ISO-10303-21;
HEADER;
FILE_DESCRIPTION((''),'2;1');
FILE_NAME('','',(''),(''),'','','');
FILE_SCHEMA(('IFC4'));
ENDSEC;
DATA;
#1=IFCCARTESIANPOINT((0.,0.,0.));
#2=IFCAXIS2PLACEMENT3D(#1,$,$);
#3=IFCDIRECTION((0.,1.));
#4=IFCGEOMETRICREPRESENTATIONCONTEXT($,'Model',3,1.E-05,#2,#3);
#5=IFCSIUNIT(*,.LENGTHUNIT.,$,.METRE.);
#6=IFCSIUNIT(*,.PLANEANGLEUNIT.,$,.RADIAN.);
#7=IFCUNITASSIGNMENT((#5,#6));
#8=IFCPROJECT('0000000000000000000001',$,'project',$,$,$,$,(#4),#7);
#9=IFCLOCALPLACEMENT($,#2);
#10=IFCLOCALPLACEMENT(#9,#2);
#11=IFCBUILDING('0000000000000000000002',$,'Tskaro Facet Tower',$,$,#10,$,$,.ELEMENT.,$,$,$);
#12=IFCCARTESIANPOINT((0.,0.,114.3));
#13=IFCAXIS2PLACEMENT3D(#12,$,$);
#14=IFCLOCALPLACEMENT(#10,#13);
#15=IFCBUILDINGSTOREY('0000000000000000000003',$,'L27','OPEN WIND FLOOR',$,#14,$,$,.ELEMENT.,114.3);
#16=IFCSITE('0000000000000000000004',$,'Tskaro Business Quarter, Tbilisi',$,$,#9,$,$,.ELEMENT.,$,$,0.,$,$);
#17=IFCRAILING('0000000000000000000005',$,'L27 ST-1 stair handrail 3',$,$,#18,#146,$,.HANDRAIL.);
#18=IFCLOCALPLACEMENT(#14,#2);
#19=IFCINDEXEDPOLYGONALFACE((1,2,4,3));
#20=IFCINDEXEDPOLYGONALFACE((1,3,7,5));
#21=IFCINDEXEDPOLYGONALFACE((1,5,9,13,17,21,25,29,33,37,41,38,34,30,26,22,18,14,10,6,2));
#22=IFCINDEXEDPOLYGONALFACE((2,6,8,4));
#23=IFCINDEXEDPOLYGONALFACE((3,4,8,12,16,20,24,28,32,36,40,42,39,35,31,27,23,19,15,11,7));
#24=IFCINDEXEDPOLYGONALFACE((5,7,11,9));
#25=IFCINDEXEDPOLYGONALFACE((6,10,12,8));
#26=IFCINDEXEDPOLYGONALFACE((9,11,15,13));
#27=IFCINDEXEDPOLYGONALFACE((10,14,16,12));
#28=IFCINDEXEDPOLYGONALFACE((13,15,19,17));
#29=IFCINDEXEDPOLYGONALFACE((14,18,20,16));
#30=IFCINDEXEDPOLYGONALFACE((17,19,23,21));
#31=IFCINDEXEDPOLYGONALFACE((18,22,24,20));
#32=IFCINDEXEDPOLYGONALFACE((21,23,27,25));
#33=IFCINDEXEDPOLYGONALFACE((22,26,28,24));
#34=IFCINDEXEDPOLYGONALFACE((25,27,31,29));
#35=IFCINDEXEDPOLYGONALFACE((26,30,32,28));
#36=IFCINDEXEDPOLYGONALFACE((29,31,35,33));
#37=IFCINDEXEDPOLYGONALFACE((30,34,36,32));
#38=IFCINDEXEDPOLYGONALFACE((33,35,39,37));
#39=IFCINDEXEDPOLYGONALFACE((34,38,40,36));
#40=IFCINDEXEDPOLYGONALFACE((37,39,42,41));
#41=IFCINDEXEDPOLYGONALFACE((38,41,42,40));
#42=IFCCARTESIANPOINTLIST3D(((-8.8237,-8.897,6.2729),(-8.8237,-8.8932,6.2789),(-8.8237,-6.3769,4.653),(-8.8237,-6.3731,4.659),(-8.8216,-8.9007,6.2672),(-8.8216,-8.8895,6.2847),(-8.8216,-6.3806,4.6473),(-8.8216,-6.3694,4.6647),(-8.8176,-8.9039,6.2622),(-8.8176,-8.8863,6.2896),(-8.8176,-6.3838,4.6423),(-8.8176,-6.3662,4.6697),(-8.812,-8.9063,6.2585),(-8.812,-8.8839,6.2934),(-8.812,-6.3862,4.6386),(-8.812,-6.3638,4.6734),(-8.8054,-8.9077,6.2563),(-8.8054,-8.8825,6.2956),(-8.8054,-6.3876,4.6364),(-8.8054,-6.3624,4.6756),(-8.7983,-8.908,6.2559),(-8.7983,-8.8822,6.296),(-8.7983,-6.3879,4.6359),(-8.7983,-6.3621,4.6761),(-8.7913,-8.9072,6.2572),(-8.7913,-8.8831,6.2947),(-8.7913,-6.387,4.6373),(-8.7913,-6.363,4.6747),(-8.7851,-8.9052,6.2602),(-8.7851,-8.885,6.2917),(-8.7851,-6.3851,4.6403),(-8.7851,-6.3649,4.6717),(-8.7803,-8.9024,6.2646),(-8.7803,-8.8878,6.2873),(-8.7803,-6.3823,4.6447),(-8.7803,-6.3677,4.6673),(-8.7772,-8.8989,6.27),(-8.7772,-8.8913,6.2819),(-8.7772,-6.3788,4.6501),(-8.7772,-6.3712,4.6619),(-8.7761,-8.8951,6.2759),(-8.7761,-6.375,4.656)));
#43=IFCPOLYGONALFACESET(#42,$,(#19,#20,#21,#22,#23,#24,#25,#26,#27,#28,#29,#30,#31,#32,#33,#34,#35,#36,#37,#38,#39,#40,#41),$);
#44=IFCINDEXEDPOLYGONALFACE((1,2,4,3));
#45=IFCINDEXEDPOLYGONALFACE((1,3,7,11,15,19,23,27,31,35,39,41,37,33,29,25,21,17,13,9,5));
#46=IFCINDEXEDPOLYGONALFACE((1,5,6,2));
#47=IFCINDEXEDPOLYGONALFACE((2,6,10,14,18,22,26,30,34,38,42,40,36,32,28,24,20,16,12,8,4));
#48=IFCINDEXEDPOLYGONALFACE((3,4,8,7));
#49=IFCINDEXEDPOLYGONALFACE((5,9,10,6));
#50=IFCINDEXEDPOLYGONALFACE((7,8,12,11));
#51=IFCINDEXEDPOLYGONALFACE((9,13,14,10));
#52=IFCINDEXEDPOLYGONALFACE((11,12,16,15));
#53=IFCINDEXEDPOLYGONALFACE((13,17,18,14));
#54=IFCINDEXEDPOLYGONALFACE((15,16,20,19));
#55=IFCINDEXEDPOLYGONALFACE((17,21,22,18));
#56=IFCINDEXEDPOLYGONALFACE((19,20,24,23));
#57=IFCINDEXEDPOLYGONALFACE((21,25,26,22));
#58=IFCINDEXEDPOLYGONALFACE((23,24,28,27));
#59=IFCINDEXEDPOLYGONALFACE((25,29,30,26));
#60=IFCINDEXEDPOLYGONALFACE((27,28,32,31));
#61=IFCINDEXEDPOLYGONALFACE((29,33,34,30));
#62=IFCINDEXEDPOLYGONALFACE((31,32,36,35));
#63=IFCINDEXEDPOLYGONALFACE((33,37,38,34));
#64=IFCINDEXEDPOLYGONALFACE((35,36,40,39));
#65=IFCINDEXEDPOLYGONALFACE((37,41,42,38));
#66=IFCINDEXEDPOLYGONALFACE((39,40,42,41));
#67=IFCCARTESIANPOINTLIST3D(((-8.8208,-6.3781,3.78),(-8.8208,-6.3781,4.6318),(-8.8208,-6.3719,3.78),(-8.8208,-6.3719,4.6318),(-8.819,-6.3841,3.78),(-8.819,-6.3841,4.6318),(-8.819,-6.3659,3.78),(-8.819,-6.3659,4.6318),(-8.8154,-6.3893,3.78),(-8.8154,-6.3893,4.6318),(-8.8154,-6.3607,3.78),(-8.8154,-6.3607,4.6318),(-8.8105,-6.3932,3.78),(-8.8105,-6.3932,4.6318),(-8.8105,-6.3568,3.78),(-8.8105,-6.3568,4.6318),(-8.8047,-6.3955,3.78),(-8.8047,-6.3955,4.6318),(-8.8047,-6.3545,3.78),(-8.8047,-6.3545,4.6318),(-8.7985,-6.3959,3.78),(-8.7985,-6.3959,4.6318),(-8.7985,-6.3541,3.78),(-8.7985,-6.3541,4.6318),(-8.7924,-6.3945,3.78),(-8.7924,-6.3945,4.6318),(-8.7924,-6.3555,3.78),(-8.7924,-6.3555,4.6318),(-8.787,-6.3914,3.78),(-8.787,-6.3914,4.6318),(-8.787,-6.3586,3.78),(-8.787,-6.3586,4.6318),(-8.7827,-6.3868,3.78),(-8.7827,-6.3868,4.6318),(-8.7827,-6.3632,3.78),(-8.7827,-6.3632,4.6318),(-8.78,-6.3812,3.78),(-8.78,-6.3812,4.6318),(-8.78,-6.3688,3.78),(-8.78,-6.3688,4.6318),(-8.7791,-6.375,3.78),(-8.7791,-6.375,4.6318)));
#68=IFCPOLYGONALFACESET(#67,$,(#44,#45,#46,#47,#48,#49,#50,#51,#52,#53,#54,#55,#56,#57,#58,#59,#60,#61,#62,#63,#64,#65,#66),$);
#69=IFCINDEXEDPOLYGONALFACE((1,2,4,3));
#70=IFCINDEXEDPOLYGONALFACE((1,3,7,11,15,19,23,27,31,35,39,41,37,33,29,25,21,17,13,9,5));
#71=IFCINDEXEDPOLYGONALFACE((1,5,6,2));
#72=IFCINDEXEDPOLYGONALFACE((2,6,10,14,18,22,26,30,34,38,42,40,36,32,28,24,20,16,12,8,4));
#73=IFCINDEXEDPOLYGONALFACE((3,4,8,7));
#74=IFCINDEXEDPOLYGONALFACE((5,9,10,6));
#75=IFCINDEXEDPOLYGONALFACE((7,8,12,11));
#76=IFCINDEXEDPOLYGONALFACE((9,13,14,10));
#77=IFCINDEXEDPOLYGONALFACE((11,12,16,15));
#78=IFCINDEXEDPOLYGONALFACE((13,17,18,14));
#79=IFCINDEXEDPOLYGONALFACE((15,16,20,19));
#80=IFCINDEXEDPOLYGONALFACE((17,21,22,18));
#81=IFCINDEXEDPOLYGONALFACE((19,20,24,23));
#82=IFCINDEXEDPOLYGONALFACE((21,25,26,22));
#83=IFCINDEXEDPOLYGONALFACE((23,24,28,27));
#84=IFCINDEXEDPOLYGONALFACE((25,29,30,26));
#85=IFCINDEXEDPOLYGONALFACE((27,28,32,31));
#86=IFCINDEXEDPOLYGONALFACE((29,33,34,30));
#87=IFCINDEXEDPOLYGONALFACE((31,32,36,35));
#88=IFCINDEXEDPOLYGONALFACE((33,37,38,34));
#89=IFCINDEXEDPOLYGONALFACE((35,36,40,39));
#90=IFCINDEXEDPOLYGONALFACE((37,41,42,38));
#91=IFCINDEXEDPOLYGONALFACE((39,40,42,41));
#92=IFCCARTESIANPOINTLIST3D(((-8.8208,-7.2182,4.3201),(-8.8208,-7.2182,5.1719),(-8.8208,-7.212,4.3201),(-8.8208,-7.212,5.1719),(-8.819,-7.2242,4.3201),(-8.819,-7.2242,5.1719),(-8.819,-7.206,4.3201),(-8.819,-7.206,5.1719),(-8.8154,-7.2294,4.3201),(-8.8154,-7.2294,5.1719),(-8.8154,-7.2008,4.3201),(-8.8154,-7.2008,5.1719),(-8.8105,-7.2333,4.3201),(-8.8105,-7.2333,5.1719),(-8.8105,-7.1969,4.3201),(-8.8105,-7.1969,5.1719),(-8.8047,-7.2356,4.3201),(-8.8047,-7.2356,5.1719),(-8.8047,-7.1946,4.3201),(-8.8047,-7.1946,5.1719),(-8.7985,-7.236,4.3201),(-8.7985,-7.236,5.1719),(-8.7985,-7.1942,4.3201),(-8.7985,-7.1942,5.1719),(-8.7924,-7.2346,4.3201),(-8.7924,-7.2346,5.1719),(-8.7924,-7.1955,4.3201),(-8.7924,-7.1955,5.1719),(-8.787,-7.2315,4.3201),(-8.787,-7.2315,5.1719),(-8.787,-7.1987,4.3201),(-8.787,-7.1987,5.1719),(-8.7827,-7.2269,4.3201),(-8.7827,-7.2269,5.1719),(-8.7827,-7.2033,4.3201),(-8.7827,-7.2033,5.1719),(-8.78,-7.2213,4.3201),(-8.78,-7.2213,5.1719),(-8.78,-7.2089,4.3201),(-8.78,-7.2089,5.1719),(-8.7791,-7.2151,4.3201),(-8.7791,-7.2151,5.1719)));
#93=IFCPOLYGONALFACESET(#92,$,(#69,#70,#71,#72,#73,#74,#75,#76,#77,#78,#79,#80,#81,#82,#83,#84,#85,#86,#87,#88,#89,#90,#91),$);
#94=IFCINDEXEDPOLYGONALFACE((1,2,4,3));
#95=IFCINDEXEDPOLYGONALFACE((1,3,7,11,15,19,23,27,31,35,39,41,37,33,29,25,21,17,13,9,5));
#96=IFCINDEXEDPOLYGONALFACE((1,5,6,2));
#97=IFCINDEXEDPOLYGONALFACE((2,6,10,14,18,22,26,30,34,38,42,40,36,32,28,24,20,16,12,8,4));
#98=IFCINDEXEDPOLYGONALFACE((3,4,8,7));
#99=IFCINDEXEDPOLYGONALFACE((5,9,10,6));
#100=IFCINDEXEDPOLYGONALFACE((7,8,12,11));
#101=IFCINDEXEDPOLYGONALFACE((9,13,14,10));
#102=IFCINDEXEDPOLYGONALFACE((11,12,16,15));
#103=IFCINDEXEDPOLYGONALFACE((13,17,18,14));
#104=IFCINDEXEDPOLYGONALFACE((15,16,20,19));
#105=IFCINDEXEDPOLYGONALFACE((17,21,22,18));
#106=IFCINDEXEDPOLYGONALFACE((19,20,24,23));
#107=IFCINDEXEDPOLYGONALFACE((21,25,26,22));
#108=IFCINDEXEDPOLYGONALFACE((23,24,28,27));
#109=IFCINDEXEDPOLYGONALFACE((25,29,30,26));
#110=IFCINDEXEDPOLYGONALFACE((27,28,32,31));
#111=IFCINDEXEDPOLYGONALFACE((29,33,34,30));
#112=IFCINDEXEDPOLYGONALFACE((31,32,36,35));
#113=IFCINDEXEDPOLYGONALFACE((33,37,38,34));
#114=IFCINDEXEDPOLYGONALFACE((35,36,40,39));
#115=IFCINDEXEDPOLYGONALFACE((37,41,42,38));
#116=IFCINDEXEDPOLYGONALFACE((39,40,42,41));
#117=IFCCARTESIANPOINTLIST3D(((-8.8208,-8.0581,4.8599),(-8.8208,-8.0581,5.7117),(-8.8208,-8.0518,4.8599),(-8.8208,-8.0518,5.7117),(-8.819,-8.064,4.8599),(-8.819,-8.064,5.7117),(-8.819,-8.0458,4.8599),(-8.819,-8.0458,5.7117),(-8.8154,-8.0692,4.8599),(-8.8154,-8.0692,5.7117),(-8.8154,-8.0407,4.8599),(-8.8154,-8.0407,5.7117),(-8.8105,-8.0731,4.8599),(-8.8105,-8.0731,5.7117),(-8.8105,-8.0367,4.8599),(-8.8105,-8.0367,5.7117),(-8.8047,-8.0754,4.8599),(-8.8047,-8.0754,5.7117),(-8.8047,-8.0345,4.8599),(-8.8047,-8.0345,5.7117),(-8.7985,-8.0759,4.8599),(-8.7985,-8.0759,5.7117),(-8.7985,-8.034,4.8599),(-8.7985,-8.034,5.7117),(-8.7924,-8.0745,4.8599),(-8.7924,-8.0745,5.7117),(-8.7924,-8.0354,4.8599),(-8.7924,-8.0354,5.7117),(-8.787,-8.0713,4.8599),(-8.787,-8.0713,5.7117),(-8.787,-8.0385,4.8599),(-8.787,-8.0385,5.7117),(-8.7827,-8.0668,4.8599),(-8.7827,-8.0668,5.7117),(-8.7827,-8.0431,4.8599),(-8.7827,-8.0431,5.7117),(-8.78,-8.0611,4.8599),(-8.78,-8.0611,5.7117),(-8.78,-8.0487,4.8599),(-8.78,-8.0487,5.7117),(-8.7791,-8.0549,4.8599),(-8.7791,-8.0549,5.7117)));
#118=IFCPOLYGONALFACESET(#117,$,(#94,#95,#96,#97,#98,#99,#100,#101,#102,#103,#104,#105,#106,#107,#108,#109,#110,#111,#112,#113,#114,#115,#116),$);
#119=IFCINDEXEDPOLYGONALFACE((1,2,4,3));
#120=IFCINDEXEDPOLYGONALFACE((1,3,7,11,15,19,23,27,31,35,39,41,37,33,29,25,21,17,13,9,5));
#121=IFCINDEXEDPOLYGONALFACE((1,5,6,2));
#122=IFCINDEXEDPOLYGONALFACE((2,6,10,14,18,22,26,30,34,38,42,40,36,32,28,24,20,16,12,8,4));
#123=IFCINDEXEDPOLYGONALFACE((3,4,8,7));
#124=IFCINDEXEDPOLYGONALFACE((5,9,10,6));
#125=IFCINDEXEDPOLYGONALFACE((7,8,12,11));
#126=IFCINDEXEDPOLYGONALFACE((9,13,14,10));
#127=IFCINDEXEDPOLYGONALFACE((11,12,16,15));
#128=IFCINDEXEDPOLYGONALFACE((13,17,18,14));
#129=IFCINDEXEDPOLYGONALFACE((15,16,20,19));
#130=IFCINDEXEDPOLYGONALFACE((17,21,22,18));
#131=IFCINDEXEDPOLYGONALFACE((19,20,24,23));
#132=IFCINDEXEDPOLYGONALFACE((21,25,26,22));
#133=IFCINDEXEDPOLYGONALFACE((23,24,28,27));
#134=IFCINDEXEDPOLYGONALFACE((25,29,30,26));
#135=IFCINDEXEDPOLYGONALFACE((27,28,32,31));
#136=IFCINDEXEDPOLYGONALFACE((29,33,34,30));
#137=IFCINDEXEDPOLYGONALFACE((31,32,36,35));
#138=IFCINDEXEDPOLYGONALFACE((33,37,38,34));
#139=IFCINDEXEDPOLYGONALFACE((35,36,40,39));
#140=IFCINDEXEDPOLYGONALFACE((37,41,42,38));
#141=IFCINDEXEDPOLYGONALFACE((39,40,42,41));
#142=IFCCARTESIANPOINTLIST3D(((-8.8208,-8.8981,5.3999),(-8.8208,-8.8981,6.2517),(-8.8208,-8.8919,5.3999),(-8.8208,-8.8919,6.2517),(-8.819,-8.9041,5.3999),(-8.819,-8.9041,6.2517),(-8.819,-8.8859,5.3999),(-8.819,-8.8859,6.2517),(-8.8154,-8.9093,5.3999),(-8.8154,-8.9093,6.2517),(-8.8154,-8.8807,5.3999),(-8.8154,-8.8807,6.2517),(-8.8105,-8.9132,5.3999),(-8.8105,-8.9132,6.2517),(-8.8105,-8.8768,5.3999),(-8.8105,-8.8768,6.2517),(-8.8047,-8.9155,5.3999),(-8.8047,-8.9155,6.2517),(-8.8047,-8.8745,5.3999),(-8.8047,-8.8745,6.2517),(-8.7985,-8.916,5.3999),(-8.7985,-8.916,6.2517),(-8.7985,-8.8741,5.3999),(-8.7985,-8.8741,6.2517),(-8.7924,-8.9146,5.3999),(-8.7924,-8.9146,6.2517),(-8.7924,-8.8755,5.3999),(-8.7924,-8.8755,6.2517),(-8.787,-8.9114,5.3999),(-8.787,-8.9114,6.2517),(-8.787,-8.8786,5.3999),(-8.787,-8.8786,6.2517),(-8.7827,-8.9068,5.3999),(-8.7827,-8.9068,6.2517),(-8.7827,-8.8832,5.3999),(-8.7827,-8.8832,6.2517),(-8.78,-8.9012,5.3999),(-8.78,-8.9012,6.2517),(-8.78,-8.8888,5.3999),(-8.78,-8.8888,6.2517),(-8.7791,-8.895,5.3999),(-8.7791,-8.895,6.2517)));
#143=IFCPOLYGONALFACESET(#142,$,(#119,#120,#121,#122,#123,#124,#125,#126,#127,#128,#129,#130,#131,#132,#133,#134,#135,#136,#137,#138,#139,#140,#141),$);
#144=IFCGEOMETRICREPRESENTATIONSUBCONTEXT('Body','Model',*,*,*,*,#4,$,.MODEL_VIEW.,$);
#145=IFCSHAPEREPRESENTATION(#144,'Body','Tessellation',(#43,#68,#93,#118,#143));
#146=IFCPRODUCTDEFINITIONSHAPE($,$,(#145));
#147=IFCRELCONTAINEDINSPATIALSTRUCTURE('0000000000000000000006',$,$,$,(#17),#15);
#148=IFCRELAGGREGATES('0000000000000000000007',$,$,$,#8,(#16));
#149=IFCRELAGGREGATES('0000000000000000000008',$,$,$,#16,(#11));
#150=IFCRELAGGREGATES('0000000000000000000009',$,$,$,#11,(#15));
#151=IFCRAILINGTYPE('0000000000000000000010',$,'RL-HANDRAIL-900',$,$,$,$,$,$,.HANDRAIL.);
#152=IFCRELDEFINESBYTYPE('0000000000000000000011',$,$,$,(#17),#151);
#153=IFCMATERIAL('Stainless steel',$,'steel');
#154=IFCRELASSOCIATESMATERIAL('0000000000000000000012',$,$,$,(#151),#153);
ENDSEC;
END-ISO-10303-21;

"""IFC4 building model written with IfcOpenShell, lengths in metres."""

from ifc_helpers import new_model, si_unit, direction, frame, origin, origin_2d, place, context, subcontext, project, spatial, circle, extrude, material, type_object, element, save


model = new_model("IFC4")

# Units and contexts
model_context = context("Model", 3, precision=1e-05, world=origin(), true_north=direction((0.0, 1.0)))
body_context = subcontext(model_context, "Body", "Model", "MODEL_VIEW")
ifc_project = project(units=[si_unit("LENGTHUNIT", "METRE"), si_unit("PLANEANGLEUNIT", "RADIAN")], contexts=[model_context])

# Site, building, storey
site_placement = place(None, origin())
site = spatial("IfcSite", under=ifc_project, at=site_placement, Name="Tskaro Business Quarter, Tbilisi", CompositionType="ELEMENT", RefElevation=0.0)
building_placement = place(site_placement, origin())
building = spatial("IfcBuilding", under=site, at=building_placement, Name="Tskaro Facet Tower", CompositionType="ELEMENT")
storey_placement = place(building_placement, frame((0.0, 0.0, 114.3)))
storey = spatial("IfcBuildingStorey", under=building, at=storey_placement, Name="L27", Description="OPEN WIND FLOOR", CompositionType="ELEMENT", Elevation=114.3)

# Shared definitions
ifc_material_1 = material(Name="Stainless steel", Category="steel")

# Railing
railing_type_1 = type_object("IfcRailingType", Name="RL-HANDRAIL-900", PredefinedType="HANDRAIL", material=ifc_material_1)
railing_1_placement = place(storey_placement, frame((-8.8, -6.375, 3.78)))
element("IfcRailing", 1, at=railing_1_placement, inside=storey, type_object=railing_type_1, Name="L27 ST-1 stair handrail 3", PredefinedType="HANDRAIL", context=body_context, shape_type="SweptSolid", body=[
    extrude(circle(Radius=0.0239, at=origin_2d()), frame((0.0, 0.0, 0.876), z_axis=(0.0, -0.8412, 0.540725), x_axis=(1.0, 0.0, 0.0)), (0.0, 0.0, 1.0), 2.9958),
    extrude(circle(Radius=0.021, at=origin_2d()), origin(), (0.0, 0.0, 1.0), 0.8518),
    extrude(circle(Radius=0.021, at=origin_2d()), frame((0.0, -0.8401, 0.54)), (0.0, 0.0, 1.0), 0.8518),
    extrude(circle(Radius=0.021, at=origin_2d()), frame((0.0, -1.6799, 1.0798)), (0.0, 0.0, 1.0), 0.8518),
    extrude(circle(Radius=0.021, at=origin_2d()), frame((0.0, -2.52, 1.6199)), (0.0, 0.0, 1.0), 0.8518),
])

save(model, "model.ifc")
